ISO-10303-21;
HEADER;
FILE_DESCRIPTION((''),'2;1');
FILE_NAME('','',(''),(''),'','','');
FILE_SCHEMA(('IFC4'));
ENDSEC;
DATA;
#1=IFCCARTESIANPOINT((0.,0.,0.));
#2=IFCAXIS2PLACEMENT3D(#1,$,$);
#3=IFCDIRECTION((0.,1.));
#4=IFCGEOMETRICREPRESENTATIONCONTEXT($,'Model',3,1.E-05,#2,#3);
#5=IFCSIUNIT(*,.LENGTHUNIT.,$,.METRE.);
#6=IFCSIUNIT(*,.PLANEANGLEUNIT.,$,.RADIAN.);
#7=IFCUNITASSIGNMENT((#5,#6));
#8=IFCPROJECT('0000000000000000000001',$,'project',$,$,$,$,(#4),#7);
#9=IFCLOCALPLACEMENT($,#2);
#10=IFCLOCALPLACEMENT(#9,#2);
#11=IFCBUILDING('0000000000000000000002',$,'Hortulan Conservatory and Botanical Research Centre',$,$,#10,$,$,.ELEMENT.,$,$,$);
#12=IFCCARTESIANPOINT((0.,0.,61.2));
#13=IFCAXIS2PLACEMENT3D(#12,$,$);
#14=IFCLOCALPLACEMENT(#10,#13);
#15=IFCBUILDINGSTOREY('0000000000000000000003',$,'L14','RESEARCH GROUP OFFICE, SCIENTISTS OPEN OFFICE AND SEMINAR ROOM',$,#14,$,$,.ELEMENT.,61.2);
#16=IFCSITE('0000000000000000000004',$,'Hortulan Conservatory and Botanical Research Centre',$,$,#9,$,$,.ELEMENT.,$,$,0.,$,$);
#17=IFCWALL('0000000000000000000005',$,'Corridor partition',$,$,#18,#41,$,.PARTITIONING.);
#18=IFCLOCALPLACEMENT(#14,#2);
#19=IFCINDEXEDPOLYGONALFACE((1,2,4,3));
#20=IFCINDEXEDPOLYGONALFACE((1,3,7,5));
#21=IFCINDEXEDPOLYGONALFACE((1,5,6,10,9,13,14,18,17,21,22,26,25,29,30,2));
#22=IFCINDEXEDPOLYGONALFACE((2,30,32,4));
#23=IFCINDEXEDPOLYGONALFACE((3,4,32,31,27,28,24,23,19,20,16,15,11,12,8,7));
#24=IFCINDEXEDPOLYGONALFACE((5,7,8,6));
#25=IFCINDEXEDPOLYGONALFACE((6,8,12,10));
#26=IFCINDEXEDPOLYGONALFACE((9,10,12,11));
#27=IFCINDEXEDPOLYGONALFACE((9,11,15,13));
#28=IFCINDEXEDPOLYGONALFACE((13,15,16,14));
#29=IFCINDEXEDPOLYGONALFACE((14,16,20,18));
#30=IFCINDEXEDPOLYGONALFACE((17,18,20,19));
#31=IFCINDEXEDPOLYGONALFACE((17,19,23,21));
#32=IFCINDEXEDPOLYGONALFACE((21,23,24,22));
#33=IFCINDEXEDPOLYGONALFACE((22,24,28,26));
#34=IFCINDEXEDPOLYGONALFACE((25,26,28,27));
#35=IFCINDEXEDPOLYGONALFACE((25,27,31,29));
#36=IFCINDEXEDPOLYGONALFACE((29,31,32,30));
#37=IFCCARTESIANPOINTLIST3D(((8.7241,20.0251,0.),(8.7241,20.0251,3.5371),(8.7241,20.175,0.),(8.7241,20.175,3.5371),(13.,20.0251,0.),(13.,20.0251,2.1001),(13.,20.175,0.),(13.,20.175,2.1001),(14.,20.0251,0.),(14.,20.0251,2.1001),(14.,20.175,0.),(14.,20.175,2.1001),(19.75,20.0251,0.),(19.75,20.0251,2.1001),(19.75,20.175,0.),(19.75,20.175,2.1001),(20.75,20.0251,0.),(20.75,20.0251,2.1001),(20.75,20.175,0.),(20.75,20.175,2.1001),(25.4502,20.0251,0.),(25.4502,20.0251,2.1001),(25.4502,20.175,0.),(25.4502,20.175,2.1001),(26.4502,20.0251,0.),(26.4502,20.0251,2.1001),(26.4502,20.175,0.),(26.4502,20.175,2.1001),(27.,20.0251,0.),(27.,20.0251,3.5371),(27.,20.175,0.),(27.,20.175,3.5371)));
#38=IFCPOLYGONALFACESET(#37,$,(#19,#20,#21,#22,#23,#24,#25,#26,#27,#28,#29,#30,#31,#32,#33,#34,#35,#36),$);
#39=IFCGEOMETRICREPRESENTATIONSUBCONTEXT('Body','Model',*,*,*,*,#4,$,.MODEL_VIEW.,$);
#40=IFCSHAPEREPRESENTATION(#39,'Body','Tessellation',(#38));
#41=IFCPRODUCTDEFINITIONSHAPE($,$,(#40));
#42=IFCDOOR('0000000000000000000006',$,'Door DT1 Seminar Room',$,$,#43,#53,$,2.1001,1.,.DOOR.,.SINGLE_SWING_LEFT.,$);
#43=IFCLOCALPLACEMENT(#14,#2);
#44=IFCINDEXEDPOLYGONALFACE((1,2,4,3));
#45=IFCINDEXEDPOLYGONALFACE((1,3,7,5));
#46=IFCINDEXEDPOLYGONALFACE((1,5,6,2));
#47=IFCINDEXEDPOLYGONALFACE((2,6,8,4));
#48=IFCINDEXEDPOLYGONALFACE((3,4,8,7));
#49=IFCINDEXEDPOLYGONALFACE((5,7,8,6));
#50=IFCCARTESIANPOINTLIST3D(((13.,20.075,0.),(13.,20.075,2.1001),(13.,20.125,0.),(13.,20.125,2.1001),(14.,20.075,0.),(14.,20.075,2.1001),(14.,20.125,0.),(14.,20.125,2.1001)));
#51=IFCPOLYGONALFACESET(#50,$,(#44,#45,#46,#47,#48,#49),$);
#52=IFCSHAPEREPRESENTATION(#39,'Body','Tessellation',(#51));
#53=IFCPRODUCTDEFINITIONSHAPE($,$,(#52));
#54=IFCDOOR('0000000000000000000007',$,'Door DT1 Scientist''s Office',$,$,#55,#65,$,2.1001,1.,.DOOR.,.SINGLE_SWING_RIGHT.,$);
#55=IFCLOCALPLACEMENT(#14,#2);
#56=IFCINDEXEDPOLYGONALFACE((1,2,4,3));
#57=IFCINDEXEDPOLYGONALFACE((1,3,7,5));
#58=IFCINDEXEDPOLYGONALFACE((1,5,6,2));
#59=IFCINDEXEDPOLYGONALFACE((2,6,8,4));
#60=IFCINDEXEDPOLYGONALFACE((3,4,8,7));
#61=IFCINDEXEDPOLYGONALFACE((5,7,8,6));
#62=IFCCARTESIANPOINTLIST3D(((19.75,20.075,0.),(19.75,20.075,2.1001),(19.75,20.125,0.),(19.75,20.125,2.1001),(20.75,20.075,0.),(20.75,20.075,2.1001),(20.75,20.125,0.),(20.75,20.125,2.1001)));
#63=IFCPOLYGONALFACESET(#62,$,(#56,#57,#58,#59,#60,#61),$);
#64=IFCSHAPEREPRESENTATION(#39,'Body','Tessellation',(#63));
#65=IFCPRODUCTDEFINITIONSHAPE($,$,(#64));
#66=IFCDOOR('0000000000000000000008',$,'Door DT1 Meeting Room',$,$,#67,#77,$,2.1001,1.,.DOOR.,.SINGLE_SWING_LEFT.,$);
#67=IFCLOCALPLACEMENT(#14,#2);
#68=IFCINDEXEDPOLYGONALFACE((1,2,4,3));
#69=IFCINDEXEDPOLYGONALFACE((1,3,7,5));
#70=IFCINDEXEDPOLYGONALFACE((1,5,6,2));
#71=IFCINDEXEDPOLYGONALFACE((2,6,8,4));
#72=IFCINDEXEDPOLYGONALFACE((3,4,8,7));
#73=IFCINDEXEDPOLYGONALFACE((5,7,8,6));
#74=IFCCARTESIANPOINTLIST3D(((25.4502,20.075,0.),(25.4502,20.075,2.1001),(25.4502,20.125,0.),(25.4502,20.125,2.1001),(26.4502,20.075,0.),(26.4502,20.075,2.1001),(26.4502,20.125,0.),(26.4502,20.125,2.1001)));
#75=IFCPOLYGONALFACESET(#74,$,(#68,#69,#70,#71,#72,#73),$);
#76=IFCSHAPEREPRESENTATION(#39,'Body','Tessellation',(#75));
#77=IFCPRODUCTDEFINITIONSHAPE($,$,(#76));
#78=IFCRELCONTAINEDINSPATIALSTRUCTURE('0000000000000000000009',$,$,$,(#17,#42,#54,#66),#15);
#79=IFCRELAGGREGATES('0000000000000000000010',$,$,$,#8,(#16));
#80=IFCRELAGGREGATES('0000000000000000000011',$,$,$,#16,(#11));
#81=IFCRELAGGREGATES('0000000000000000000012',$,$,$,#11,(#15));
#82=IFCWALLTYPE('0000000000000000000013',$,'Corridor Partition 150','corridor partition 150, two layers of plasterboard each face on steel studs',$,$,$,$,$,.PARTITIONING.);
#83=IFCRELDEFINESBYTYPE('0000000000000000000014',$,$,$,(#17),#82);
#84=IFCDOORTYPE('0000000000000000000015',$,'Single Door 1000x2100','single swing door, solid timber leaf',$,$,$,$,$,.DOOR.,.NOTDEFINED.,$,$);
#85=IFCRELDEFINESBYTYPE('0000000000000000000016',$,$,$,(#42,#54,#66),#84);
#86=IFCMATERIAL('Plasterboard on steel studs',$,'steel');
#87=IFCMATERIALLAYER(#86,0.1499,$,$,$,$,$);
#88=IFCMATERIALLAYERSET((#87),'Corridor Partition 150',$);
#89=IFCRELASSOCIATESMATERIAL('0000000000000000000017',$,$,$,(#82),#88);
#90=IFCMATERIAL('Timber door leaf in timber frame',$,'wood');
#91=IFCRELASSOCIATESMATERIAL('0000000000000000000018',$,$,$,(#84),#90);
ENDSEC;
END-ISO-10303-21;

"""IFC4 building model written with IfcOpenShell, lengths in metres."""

from ifc_helpers import new_model, si_unit, direction, frame, frame_2d, origin, place, context, subcontext, project, spatial, rectangle, extrude, material, layer, layer_set, type_object, element, fill, save


model = new_model("IFC4")

# Units and contexts
model_context = context("Model", 3, precision=1e-05, world=origin(), true_north=direction((0.0, 1.0)))
body_context = subcontext(model_context, "Body", "Model", "MODEL_VIEW")
ifc_project = project(units=[si_unit("LENGTHUNIT", "METRE"), si_unit("PLANEANGLEUNIT", "RADIAN")], contexts=[model_context])

# Site, building, storey
site_placement = place(None, origin())
site = spatial("IfcSite", under=ifc_project, at=site_placement, Name="Hortulan Conservatory and Botanical Research Centre", CompositionType="ELEMENT", RefElevation=0.0)
building_placement = place(site_placement, origin())
building = spatial("IfcBuilding", under=site, at=building_placement, Name="Hortulan Conservatory and Botanical Research Centre", CompositionType="ELEMENT")
storey_placement = place(building_placement, frame((0.0, 0.0, 61.2)))
storey = spatial("IfcBuildingStorey", under=building, at=storey_placement, Name="L14", Description="RESEARCH GROUP OFFICE, SCIENTISTS OPEN OFFICE AND SEMINAR ROOM", CompositionType="ELEMENT", Elevation=61.2)

# Wall, openings, doors
ifc_material_1 = material(Name="Plasterboard on steel studs", Category="steel")
ifc_layer_1 = layer(ifc_material_1, 0.1499)
ifc_layer_set_1 = layer_set([ifc_layer_1], Name="Corridor Partition 150")
wall_type_1 = type_object("IfcWallType", Name="Corridor Partition 150", Description="corridor partition 150, two layers of plasterboard each face on steel studs", PredefinedType="PARTITIONING", material=ifc_layer_set_1)
wall_1_placement = place(storey_placement, frame((8.7241, 20.1001, 0.0), z_axis=(0.0, 0.0, 1.0), x_axis=(1.0, 0.0, 0.0)))
wall_1 = element("IfcWall", 1, at=wall_1_placement, inside=storey, type_object=wall_type_1, Name="Corridor partition", PredefinedType="PARTITIONING", context=body_context, shape_type="SweptSolid", body=[
    extrude(rectangle(XDim=18.2759, YDim=0.1499, at=frame_2d((9.1379, 0.0))), origin(), (0.0, 0.0, 1.0), 3.5371),
])
opening_1_placement = place(wall_1_placement, frame((4.2759, 0.0, 0.0)))
opening_1 = element("IfcOpeningElement", 2, at=opening_1_placement, cuts=wall_1, PredefinedType="OPENING", context=body_context, shape_type="SweptSolid", body=[
    extrude(rectangle(XDim=1.0, YDim=2.1001, at=frame_2d((0.5, 1.05))), frame((0.0, 0.085, 0.0), z_axis=(0.0, -1.0, 0.0), x_axis=(1.0, 0.0, 0.0)), (0.0, 0.0, 1.0), 0.1699),
])
opening_2_placement = place(wall_1_placement, frame((11.0259, 0.0, 0.0)))
opening_2 = element("IfcOpeningElement", 3, at=opening_2_placement, cuts=wall_1, PredefinedType="OPENING", context=body_context, shape_type="SweptSolid", body=[
    extrude(rectangle(XDim=1.0, YDim=2.1001, at=frame_2d((0.5, 1.05))), frame((0.0, 0.085, 0.0), z_axis=(0.0, -1.0, 0.0), x_axis=(1.0, 0.0, 0.0)), (0.0, 0.0, 1.0), 0.1699),
])
opening_3_placement = place(wall_1_placement, frame((16.7261, 0.0, 0.0)))
opening_3 = element("IfcOpeningElement", 4, at=opening_3_placement, cuts=wall_1, PredefinedType="OPENING", context=body_context, shape_type="SweptSolid", body=[
    extrude(rectangle(XDim=1.0, YDim=2.1001, at=frame_2d((0.5, 1.05))), frame((0.0, 0.085, 0.0), z_axis=(0.0, -1.0, 0.0), x_axis=(1.0, 0.0, 0.0)), (0.0, 0.0, 1.0), 0.1699),
])
ifc_material_2 = material(Name="Timber door leaf in timber frame", Category="wood")
door_type = type_object("IfcDoorType", Name="Single Door 1000x2100", Description="single swing door, solid timber leaf", OperationType="NOTDEFINED", PredefinedType="DOOR", material=ifc_material_2)
door_1_placement = place(opening_1_placement, origin())
door_1 = element("IfcDoor", 5, at=door_1_placement, inside=storey, type_object=door_type, Name="Door DT1 Seminar Room", OperationType="SINGLE_SWING_LEFT", OverallHeight=2.1001, OverallWidth=1.0, PredefinedType="DOOR", context=body_context, shape_type="SweptSolid", body=[
    extrude(rectangle(XDim=1.0, YDim=2.1001, at=frame_2d((0.5, 1.05))), frame((0.0, 0.0249, 0.0), z_axis=(0.0, -1.0, 0.0), x_axis=(1.0, 0.0, 0.0)), (0.0, 0.0, 1.0), 0.05),
])
fill(opening_1, door_1)
door_2_placement = place(opening_2_placement, origin())
door_2 = element("IfcDoor", 6, at=door_2_placement, inside=storey, type_object=door_type, Name="Door DT1 Scientist's Office", OperationType="SINGLE_SWING_RIGHT", OverallHeight=2.1001, OverallWidth=1.0, PredefinedType="DOOR", context=body_context, shape_type="SweptSolid", body=[
    extrude(rectangle(XDim=1.0, YDim=2.1001, at=frame_2d((0.5, 1.05))), frame((0.0, 0.0249, 0.0), z_axis=(0.0, -1.0, 0.0), x_axis=(1.0, 0.0, 0.0)), (0.0, 0.0, 1.0), 0.05),
])
fill(opening_2, door_2)
door_3_placement = place(opening_3_placement, origin())
door_3 = element("IfcDoor", 7, at=door_3_placement, inside=storey, type_object=door_type, Name="Door DT1 Meeting Room", OperationType="SINGLE_SWING_LEFT", OverallHeight=2.1001, OverallWidth=1.0, PredefinedType="DOOR", context=body_context, shape_type="SweptSolid", body=[
    extrude(rectangle(XDim=1.0, YDim=2.1001, at=frame_2d((0.5, 1.05))), frame((0.0, 0.0249, 0.0), z_axis=(0.0, -1.0, 0.0), x_axis=(1.0, 0.0, 0.0)), (0.0, 0.0, 1.0), 0.05),
])
fill(opening_3, door_3)

save(model, "model.ifc")
